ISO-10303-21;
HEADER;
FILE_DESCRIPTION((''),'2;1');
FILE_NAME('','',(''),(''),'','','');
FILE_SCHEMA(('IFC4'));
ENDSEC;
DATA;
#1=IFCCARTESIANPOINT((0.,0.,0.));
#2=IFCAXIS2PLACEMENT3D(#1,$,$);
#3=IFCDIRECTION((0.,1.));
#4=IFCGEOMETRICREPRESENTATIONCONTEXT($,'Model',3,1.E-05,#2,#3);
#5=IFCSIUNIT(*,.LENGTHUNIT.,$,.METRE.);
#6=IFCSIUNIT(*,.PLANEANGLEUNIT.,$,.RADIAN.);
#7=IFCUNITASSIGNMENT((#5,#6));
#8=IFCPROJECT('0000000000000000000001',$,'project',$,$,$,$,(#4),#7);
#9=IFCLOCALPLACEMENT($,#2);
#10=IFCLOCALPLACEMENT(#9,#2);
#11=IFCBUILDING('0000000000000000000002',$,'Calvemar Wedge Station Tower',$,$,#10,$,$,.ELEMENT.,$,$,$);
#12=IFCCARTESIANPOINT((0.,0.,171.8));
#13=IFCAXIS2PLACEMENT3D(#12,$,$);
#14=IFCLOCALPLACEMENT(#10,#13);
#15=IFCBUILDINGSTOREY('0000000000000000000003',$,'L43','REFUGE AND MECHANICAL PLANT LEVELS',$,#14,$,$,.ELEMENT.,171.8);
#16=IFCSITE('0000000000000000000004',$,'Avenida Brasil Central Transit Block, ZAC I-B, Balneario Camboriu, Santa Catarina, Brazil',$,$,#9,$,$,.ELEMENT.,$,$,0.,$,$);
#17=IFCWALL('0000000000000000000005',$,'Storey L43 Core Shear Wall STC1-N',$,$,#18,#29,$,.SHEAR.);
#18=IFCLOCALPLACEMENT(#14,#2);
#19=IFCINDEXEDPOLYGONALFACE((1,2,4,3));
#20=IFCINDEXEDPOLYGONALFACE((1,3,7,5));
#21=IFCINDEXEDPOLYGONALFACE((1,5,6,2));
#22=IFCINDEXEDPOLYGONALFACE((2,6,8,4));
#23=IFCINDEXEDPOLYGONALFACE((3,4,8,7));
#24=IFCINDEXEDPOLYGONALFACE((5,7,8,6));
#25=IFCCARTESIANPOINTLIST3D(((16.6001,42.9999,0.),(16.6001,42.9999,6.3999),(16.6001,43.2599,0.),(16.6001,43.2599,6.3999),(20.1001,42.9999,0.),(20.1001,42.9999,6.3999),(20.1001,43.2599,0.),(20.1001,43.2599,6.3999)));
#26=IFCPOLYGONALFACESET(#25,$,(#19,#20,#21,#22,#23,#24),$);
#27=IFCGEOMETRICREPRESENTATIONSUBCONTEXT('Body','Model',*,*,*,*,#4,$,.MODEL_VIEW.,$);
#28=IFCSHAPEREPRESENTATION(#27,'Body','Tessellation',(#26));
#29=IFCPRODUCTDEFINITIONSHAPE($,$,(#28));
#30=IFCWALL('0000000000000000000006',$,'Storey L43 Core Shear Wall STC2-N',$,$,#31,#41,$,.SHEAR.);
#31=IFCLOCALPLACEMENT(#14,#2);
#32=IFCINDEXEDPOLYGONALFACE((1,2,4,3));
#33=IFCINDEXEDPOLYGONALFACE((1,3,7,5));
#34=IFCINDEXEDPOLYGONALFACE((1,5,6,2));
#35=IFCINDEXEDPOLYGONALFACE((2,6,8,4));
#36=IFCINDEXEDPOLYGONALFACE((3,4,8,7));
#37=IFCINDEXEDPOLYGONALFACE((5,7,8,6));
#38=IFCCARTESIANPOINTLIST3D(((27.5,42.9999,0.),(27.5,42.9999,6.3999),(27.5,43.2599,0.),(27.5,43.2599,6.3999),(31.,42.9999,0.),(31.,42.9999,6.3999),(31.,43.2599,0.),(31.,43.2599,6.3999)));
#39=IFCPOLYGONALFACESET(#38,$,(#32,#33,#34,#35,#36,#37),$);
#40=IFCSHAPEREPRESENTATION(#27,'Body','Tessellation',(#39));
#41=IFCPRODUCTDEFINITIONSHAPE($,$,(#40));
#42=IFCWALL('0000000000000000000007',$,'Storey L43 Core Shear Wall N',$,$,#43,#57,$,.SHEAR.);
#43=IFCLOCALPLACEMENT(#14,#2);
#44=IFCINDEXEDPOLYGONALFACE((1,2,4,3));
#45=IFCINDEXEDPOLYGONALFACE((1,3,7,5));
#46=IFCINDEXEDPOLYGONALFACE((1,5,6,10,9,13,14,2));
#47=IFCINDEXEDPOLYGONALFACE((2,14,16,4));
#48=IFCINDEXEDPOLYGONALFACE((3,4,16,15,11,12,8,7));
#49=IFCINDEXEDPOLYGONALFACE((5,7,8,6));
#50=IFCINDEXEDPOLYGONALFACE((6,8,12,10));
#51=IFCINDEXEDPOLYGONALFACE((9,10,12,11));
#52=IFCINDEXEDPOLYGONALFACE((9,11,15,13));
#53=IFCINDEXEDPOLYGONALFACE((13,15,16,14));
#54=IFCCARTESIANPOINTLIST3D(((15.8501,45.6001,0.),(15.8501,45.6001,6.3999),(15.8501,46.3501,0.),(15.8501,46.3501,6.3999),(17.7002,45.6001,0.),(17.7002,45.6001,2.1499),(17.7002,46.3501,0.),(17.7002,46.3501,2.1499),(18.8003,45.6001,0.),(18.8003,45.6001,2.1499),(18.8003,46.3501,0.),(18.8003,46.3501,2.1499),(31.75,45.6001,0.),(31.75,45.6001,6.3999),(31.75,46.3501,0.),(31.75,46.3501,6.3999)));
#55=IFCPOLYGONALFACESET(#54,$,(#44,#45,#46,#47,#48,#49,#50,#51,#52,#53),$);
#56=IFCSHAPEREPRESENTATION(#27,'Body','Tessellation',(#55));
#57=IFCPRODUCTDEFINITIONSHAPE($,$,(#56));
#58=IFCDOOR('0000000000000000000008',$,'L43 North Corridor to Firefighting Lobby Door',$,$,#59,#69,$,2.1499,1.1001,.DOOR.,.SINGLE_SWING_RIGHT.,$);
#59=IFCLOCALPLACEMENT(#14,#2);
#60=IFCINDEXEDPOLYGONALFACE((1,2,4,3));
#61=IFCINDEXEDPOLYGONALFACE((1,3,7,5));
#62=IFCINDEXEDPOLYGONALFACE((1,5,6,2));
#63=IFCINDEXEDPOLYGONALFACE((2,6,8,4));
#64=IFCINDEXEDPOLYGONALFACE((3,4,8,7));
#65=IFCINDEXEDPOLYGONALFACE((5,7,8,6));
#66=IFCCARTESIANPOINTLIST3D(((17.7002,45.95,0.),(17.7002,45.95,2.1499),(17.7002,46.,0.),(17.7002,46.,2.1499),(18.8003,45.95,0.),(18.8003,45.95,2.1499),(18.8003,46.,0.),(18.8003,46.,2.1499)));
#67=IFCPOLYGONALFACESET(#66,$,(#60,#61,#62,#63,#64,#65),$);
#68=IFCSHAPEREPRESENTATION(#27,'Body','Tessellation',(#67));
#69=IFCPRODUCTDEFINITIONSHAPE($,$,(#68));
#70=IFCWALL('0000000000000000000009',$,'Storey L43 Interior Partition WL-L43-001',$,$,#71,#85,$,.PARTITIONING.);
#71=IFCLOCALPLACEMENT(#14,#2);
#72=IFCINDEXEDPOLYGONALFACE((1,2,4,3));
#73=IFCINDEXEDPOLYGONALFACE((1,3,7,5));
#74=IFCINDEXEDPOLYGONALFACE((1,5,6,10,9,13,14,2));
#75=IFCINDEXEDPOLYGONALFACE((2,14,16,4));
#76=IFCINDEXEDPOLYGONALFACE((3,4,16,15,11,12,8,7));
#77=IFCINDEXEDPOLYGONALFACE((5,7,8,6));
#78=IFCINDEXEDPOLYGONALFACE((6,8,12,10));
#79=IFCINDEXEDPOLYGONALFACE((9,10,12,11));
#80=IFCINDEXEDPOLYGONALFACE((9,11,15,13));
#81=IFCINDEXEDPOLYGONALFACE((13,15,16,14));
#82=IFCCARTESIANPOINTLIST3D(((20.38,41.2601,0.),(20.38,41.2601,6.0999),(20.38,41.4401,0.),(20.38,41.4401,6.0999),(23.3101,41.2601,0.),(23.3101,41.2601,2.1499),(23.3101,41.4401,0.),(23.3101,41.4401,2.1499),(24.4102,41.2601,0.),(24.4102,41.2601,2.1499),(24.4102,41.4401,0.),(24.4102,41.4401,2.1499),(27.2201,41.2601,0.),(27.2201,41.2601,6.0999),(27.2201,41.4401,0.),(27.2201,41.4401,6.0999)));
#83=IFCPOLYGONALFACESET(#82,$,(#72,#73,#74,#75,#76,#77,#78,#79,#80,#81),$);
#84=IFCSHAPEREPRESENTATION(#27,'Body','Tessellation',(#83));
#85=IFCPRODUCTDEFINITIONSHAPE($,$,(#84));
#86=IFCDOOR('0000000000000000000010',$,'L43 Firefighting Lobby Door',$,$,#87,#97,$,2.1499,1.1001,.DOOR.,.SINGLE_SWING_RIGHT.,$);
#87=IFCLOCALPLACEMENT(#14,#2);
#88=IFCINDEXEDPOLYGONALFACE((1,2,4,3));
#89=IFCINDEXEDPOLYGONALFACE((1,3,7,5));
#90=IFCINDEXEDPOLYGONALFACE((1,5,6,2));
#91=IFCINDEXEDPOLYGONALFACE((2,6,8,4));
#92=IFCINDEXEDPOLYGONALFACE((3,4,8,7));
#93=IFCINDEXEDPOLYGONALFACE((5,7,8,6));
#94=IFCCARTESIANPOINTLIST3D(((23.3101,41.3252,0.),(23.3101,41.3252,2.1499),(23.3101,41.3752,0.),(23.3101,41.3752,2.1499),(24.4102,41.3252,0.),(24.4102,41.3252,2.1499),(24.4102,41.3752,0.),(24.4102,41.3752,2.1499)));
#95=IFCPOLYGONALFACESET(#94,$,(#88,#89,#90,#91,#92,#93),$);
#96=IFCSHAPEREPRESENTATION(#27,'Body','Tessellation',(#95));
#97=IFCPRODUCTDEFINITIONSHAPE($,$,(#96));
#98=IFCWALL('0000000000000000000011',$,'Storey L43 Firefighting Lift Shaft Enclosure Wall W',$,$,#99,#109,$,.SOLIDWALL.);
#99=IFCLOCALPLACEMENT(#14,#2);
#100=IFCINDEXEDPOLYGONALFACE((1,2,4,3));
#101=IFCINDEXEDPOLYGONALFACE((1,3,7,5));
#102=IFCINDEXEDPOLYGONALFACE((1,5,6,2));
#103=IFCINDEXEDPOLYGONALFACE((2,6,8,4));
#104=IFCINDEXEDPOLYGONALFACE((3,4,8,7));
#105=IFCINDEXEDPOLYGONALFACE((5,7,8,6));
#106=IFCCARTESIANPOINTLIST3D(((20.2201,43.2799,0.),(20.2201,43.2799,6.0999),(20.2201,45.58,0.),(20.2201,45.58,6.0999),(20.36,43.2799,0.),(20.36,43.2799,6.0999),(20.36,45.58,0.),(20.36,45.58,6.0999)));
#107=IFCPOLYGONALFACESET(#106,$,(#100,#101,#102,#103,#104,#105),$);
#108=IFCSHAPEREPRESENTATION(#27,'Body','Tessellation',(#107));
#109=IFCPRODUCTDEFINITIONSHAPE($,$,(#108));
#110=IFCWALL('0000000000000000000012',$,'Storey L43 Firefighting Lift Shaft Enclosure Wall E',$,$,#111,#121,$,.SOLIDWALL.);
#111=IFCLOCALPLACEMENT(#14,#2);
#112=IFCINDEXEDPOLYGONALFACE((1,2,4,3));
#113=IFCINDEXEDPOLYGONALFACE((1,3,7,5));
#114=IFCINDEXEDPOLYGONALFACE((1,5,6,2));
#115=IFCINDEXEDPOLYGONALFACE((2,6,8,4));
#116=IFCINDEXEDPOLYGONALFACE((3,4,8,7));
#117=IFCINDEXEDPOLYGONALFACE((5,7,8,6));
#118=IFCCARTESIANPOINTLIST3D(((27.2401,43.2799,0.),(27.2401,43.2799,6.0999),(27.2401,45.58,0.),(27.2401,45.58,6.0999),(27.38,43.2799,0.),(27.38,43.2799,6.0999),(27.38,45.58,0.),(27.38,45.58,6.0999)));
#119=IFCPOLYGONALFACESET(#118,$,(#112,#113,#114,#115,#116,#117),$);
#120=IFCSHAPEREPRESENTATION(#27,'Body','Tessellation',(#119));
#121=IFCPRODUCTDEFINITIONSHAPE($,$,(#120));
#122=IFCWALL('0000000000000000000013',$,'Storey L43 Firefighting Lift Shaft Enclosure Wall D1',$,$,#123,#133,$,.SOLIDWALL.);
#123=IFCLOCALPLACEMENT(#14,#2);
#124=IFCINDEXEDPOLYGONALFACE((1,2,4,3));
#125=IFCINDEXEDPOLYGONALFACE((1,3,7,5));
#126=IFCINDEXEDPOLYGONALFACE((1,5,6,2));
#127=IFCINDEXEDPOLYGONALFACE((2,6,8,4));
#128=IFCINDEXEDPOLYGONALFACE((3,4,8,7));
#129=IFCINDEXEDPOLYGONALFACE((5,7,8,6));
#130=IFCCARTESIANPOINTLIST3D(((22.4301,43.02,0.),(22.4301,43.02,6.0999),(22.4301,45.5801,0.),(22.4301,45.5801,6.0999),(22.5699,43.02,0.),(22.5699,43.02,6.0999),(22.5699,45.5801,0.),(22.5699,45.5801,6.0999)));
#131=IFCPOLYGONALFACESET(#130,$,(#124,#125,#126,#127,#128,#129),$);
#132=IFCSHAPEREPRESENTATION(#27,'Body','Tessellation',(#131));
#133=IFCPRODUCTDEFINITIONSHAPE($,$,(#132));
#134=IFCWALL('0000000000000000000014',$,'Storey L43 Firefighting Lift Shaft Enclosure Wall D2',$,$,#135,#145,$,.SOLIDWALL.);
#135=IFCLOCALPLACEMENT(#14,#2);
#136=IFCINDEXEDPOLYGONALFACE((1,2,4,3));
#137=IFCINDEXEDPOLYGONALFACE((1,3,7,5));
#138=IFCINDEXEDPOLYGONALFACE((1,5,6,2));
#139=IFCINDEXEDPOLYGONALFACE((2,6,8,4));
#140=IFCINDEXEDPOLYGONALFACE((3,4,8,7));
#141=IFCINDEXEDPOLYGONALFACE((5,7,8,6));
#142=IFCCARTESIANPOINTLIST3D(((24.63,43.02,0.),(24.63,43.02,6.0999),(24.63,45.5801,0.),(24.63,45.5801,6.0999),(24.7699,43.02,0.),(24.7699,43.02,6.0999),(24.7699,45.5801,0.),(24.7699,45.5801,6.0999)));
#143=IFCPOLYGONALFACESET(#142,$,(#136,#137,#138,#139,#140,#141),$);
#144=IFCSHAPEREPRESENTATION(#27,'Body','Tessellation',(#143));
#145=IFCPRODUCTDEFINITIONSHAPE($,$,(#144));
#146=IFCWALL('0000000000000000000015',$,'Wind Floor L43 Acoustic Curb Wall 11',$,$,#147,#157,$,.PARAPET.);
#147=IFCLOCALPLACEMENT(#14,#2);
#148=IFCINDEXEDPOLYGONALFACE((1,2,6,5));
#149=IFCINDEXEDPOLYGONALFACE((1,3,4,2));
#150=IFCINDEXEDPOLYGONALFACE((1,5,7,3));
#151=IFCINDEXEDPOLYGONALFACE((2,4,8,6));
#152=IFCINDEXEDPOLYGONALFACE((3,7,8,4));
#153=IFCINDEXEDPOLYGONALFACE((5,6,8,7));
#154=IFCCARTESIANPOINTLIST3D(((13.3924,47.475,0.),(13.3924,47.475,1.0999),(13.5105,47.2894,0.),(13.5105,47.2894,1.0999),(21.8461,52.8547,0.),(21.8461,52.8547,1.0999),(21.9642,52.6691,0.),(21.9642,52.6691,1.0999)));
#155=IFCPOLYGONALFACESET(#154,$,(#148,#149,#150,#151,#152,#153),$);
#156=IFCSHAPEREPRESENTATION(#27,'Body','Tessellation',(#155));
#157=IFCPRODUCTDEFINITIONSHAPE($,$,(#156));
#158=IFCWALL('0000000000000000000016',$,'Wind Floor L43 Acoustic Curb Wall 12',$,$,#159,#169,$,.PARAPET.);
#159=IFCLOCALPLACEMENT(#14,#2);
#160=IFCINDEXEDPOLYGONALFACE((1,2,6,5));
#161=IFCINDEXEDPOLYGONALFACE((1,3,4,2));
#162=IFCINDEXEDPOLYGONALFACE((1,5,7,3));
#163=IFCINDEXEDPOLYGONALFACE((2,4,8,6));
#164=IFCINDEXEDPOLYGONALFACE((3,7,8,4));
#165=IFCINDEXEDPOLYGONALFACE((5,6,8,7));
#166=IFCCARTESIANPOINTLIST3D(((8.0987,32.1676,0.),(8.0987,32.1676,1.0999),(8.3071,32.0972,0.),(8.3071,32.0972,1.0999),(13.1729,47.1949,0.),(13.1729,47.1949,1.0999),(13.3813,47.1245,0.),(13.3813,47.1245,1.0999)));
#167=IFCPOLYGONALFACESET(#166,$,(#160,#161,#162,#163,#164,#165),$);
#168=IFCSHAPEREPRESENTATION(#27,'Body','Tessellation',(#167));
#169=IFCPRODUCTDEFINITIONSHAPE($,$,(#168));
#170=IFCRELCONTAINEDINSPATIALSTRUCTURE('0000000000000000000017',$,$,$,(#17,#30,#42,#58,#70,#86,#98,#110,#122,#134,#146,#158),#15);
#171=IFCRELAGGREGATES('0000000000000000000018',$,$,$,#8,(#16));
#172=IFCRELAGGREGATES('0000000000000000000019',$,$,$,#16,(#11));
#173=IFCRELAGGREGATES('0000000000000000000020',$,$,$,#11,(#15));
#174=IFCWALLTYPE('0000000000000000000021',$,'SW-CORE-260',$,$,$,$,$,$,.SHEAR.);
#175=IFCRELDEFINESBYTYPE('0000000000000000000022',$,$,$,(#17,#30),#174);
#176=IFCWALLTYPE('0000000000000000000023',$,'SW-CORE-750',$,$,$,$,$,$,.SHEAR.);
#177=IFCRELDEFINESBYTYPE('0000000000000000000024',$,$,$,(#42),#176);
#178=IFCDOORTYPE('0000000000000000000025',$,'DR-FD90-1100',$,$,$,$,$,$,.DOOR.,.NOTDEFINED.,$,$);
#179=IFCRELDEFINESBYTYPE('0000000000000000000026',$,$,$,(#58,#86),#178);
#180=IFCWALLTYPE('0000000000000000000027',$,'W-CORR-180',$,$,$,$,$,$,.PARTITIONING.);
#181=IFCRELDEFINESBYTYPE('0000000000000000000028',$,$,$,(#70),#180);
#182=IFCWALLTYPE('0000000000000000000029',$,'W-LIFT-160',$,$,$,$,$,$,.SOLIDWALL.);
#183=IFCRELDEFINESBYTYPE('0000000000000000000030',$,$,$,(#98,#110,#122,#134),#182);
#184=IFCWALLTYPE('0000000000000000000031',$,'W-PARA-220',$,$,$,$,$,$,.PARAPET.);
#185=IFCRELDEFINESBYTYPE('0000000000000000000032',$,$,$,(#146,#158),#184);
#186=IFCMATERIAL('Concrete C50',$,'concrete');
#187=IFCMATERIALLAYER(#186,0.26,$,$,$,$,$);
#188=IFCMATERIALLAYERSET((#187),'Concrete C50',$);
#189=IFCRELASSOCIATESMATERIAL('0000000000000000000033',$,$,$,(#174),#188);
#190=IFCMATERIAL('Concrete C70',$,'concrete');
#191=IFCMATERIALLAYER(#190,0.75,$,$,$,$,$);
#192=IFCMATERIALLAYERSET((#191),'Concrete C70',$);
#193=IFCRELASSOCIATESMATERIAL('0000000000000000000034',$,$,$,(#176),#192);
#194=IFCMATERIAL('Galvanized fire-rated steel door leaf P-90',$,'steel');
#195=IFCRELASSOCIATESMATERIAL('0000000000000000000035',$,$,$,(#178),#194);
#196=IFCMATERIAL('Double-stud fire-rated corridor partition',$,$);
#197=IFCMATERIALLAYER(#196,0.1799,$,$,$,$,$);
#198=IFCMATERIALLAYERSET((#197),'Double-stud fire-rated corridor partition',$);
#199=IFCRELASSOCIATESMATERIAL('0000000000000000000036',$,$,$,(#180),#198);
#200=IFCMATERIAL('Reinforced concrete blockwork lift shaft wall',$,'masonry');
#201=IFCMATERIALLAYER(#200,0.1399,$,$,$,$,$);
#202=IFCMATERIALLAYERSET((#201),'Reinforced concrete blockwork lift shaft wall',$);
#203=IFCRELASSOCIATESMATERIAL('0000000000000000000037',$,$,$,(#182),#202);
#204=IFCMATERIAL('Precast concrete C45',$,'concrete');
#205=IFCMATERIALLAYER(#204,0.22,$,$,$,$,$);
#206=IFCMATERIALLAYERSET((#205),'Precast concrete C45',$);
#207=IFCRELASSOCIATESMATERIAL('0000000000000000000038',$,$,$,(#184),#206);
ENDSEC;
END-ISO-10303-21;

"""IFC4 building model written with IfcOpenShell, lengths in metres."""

from ifc_helpers import new_model, si_unit, direction, frame, frame_2d, origin, place, context, subcontext, project, spatial, rectangle, extrude, source, transform, mapped, material, layer, layer_set, type_object, element, fill, save


model = new_model("IFC4")

# Units and contexts
model_context = context("Model", 3, precision=1e-05, world=origin(), true_north=direction((0.0, 1.0)))
body_context = subcontext(model_context, "Body", "Model", "MODEL_VIEW")
ifc_project = project(units=[si_unit("LENGTHUNIT", "METRE"), si_unit("PLANEANGLEUNIT", "RADIAN")], contexts=[model_context])

# Site, building, storey
site_placement = place(None, origin())
site = spatial("IfcSite", under=ifc_project, at=site_placement, Name="Avenida Brasil Central Transit Block, ZAC I-B, Balneario Camboriu, Santa Catarina, Brazil", CompositionType="ELEMENT", RefElevation=0.0)
building_placement = place(site_placement, origin())
building = spatial("IfcBuilding", under=site, at=building_placement, Name="Calvemar Wedge Station Tower", CompositionType="ELEMENT")
storey_placement = place(building_placement, frame((0.0, 0.0, 171.8)))
storey = spatial("IfcBuildingStorey", under=building, at=storey_placement, Name="L43", Description="REFUGE AND MECHANICAL PLANT LEVELS", CompositionType="ELEMENT", Elevation=171.8)

# Shared definitions
ifc_material_1 = material(Name="Concrete C70", Category="concrete")

# Walls
ifc_material_2 = material(Name="Concrete C50", Category="concrete")
ifc_layer_1 = layer(ifc_material_2, 0.26)
ifc_layer_set_1 = layer_set([ifc_layer_1], Name="Concrete C50")
wall_type_1 = type_object("IfcWallType", Name="SW-CORE-260", PredefinedType="SHEAR", material=ifc_layer_set_1)
for number, where, z_axis, x_axis, name in (
    (1, (16.6001, 43.1299, 0.0), (0.0, 0.0, 1.0), (1.0, 0.0, 0.0), "Storey L43 Core Shear Wall STC1-N"),
    (2, (27.5, 43.1299, 0.0), (0.0, 0.0, 1.0), (1.0, 0.0, 0.0), "Storey L43 Core Shear Wall STC2-N"),
):
    element("IfcWall", number, at=place(storey_placement, frame(where, z_axis=z_axis, x_axis=x_axis)), inside=storey, type_object=wall_type_1, Name=name, PredefinedType="SHEAR", context=body_context, shape_type="SweptSolid", body=[
        extrude(rectangle(XDim=3.5, YDim=0.26, at=frame_2d((1.75, 0.0))), origin(), (0.0, 0.0, 1.0), 6.3999),
    ])

# Walls, openings, doors
ifc_layer_2 = layer(ifc_material_1, 0.75)
ifc_layer_set_2 = layer_set([ifc_layer_2], Name="Concrete C70")
wall_type_2 = type_object("IfcWallType", Name="SW-CORE-750", PredefinedType="SHEAR", material=ifc_layer_set_2)
wall_1_placement = place(storey_placement, frame((15.8501, 45.9751, 0.0), z_axis=(0.0, 0.0, 1.0), x_axis=(1.0, 0.0, 0.0)))
wall_1 = element("IfcWall", 3, at=wall_1_placement, inside=storey, type_object=wall_type_2, Name="Storey L43 Core Shear Wall N", PredefinedType="SHEAR", context=body_context, shape_type="SweptSolid", body=[
    extrude(rectangle(XDim=15.8999, YDim=0.75, at=frame_2d((7.95, 0.0))), origin(), (0.0, 0.0, 1.0), 6.3999),
])
shared_shape_1 = source(origin(), body_context, "Body", "SweptSolid", [
    extrude(rectangle(XDim=1.1001, YDim=2.1499, at=frame_2d((0.55, 1.075))), frame((0.0, 0.385, 0.0), z_axis=(0.0, -1.0, 0.0), x_axis=(1.0, 0.0, 0.0)), (0.0, 0.0, 1.0), 0.77),
])
opening_1_placement = place(wall_1_placement, frame((1.8501, 0.0, 0.0)))
opening_1 = element("IfcOpeningElement", 4, at=opening_1_placement, cuts=wall_1, PredefinedType="OPENING", context=body_context, shape_type="MappedRepresentation", body=[
    mapped(shared_shape_1, transform((0.0, 0.0, 0.0), scale=1.0)),
])
ifc_material_3 = material(Name="Galvanized fire-rated steel door leaf P-90", Category="steel")
door_type_1 = type_object("IfcDoorType", Name="DR-FD90-1100", OperationType="NOTDEFINED", PredefinedType="DOOR", material=ifc_material_3)
shared_shape_2 = source(origin(), body_context, "Body", "SweptSolid", [
    extrude(rectangle(XDim=1.1001, YDim=2.1499, at=frame_2d((0.55, 1.075))), frame((0.0, 0.0249, 0.0), z_axis=(0.0, -1.0, 0.0), x_axis=(1.0, 0.0, 0.0)), (0.0, 0.0, 1.0), 0.05),
])
door_1_placement = place(opening_1_placement, origin())
door_1 = element("IfcDoor", 5, at=door_1_placement, inside=storey, type_object=door_type_1, Name="L43 North Corridor to Firefighting Lobby Door", OperationType="SINGLE_SWING_RIGHT", OverallHeight=2.1499, OverallWidth=1.1001, PredefinedType="DOOR", context=body_context, shape_type="MappedRepresentation", body=[
    mapped(shared_shape_2, transform((0.0, 0.0, 0.0), scale=1.0)),
])
fill(opening_1, door_1)
ifc_material_4 = material(Name="Double-stud fire-rated corridor partition")
ifc_layer_3 = layer(ifc_material_4, 0.1799)
ifc_layer_set_3 = layer_set([ifc_layer_3], Name="Double-stud fire-rated corridor partition")
wall_type_3 = type_object("IfcWallType", Name="W-CORR-180", PredefinedType="PARTITIONING", material=ifc_layer_set_3)
wall_2_placement = place(storey_placement, frame((27.22, 41.3501, 0.0), z_axis=(0.0, 0.0, 1.0), x_axis=(-1.0, 0.0, 0.0)))
wall_2 = element("IfcWall", 6, at=wall_2_placement, inside=storey, type_object=wall_type_3, Name="Storey L43 Interior Partition WL-L43-001", PredefinedType="PARTITIONING", context=body_context, shape_type="SweptSolid", body=[
    extrude(rectangle(XDim=6.8401, YDim=0.1799, at=frame_2d((3.4199, 0.0))), origin(), (0.0, 0.0, 1.0), 6.0999),
])
shared_shape_3 = source(origin(), body_context, "Body", "SweptSolid", [
    extrude(rectangle(XDim=1.1001, YDim=2.1499, at=frame_2d((0.55, 1.075))), frame((0.0, 0.1001, 0.0), z_axis=(0.0, -1.0, 0.0), x_axis=(1.0, 0.0, 0.0)), (0.0, 0.0, 1.0), 0.2),
])
opening_2_placement = place(wall_2_placement, frame((2.8098, 0.0, 0.0)))
opening_2 = element("IfcOpeningElement", 7, at=opening_2_placement, cuts=wall_2, PredefinedType="OPENING", context=body_context, shape_type="MappedRepresentation", body=[
    mapped(shared_shape_3, transform((0.0, 0.0, 0.0), scale=1.0)),
])
door_2_placement = place(opening_2_placement, origin())
door_2 = element("IfcDoor", 8, at=door_2_placement, inside=storey, type_object=door_type_1, Name="L43 Firefighting Lobby Door", OperationType="SINGLE_SWING_RIGHT", OverallHeight=2.1499, OverallWidth=1.1001, PredefinedType="DOOR", context=body_context, shape_type="MappedRepresentation", body=[
    mapped(shared_shape_2, transform((0.0, 0.0, 0.0), scale=1.0)),
])
fill(opening_2, door_2)

# Shared definitions
ifc_material_5 = material(Name="Reinforced concrete blockwork lift shaft wall", Category="masonry")
ifc_layer_4 = layer(ifc_material_5, 0.1399)
ifc_layer_set_4 = layer_set([ifc_layer_4], Name="Reinforced concrete blockwork lift shaft wall")
wall_type_4 = type_object("IfcWallType", Name="W-LIFT-160", PredefinedType="SOLIDWALL", material=ifc_layer_set_4)

# Walls
for number, where, z_axis, x_axis, name in (
    (9, (20.29, 43.28, 0.0), (0.0, 0.0, 1.0), (0.0, 1.0, 0.0), "Storey L43 Firefighting Lift Shaft Enclosure Wall W"),
    (10, (27.3101, 43.28, 0.0), (0.0, 0.0, 1.0), (0.0, 1.0, 0.0), "Storey L43 Firefighting Lift Shaft Enclosure Wall E"),
):
    element("IfcWall", number, at=place(storey_placement, frame(where, z_axis=z_axis, x_axis=x_axis)), inside=storey, type_object=wall_type_4, Name=name, PredefinedType="SOLIDWALL", context=body_context, shape_type="SweptSolid", body=[
        extrude(rectangle(XDim=2.3, YDim=0.1399, at=frame_2d((1.1499, 0.0))), origin(), (0.0, 0.0, 1.0), 6.0999),
    ])
for number, where, z_axis, x_axis, name in (
    (11, (22.5, 43.02, 0.0), (0.0, 0.0, 1.0), (0.0, 1.0, 0.0), "Storey L43 Firefighting Lift Shaft Enclosure Wall D1"),
    (12, (24.7, 43.02, 0.0), (0.0, 0.0, 1.0), (0.0, 1.0, 0.0), "Storey L43 Firefighting Lift Shaft Enclosure Wall D2"),
):
    element("IfcWall", number, at=place(storey_placement, frame(where, z_axis=z_axis, x_axis=x_axis)), inside=storey, type_object=wall_type_4, Name=name, PredefinedType="SOLIDWALL", context=body_context, shape_type="SweptSolid", body=[
        extrude(rectangle(XDim=2.5601, YDim=0.1399, at=frame_2d((1.28, 0.0))), origin(), (0.0, 0.0, 1.0), 6.0999),
    ])
ifc_material_6 = material(Name="Precast concrete C45", Category="concrete")
ifc_layer_5 = layer(ifc_material_6, 0.22)
ifc_layer_set_5 = layer_set([ifc_layer_5], Name="Precast concrete C45")
wall_type_5 = type_object("IfcWallType", Name="W-PARA-220", PredefinedType="PARAPET", material=ifc_layer_set_5)
wall_3_placement = place(storey_placement, frame((21.9053, 52.762, 0.0), z_axis=(0.0, 0.0, 1.0), x_axis=(-0.843658, -0.53688, 0.0)))
element("IfcWall", 13, at=wall_3_placement, inside=storey, type_object=wall_type_5, Name="Wind Floor L43 Acoustic Curb Wall 11", PredefinedType="PARAPET", context=body_context, shape_type="SweptSolid", body=[
    extrude(rectangle(XDim=10.0203, YDim=0.22, at=frame_2d((5.0103, 0.0))), origin(), (0.0, 0.0, 1.0), 1.0999),
])
wall_4_placement = place(storey_placement, frame((13.2771, 47.1597, 0.0), z_axis=(0.0, 0.0, 1.0), x_axis=(-0.31992, -0.947445, 0.0)))
element("IfcWall", 14, at=wall_4_placement, inside=storey, type_object=wall_type_5, Name="Wind Floor L43 Acoustic Curb Wall 12", PredefinedType="PARAPET", context=body_context, shape_type="SweptSolid", body=[
    extrude(rectangle(XDim=15.8608, YDim=0.22, at=frame_2d((7.9304, 0.0))), origin(), (0.0, 0.0, 1.0), 1.0999),
])

save(model, "model.ifc")
